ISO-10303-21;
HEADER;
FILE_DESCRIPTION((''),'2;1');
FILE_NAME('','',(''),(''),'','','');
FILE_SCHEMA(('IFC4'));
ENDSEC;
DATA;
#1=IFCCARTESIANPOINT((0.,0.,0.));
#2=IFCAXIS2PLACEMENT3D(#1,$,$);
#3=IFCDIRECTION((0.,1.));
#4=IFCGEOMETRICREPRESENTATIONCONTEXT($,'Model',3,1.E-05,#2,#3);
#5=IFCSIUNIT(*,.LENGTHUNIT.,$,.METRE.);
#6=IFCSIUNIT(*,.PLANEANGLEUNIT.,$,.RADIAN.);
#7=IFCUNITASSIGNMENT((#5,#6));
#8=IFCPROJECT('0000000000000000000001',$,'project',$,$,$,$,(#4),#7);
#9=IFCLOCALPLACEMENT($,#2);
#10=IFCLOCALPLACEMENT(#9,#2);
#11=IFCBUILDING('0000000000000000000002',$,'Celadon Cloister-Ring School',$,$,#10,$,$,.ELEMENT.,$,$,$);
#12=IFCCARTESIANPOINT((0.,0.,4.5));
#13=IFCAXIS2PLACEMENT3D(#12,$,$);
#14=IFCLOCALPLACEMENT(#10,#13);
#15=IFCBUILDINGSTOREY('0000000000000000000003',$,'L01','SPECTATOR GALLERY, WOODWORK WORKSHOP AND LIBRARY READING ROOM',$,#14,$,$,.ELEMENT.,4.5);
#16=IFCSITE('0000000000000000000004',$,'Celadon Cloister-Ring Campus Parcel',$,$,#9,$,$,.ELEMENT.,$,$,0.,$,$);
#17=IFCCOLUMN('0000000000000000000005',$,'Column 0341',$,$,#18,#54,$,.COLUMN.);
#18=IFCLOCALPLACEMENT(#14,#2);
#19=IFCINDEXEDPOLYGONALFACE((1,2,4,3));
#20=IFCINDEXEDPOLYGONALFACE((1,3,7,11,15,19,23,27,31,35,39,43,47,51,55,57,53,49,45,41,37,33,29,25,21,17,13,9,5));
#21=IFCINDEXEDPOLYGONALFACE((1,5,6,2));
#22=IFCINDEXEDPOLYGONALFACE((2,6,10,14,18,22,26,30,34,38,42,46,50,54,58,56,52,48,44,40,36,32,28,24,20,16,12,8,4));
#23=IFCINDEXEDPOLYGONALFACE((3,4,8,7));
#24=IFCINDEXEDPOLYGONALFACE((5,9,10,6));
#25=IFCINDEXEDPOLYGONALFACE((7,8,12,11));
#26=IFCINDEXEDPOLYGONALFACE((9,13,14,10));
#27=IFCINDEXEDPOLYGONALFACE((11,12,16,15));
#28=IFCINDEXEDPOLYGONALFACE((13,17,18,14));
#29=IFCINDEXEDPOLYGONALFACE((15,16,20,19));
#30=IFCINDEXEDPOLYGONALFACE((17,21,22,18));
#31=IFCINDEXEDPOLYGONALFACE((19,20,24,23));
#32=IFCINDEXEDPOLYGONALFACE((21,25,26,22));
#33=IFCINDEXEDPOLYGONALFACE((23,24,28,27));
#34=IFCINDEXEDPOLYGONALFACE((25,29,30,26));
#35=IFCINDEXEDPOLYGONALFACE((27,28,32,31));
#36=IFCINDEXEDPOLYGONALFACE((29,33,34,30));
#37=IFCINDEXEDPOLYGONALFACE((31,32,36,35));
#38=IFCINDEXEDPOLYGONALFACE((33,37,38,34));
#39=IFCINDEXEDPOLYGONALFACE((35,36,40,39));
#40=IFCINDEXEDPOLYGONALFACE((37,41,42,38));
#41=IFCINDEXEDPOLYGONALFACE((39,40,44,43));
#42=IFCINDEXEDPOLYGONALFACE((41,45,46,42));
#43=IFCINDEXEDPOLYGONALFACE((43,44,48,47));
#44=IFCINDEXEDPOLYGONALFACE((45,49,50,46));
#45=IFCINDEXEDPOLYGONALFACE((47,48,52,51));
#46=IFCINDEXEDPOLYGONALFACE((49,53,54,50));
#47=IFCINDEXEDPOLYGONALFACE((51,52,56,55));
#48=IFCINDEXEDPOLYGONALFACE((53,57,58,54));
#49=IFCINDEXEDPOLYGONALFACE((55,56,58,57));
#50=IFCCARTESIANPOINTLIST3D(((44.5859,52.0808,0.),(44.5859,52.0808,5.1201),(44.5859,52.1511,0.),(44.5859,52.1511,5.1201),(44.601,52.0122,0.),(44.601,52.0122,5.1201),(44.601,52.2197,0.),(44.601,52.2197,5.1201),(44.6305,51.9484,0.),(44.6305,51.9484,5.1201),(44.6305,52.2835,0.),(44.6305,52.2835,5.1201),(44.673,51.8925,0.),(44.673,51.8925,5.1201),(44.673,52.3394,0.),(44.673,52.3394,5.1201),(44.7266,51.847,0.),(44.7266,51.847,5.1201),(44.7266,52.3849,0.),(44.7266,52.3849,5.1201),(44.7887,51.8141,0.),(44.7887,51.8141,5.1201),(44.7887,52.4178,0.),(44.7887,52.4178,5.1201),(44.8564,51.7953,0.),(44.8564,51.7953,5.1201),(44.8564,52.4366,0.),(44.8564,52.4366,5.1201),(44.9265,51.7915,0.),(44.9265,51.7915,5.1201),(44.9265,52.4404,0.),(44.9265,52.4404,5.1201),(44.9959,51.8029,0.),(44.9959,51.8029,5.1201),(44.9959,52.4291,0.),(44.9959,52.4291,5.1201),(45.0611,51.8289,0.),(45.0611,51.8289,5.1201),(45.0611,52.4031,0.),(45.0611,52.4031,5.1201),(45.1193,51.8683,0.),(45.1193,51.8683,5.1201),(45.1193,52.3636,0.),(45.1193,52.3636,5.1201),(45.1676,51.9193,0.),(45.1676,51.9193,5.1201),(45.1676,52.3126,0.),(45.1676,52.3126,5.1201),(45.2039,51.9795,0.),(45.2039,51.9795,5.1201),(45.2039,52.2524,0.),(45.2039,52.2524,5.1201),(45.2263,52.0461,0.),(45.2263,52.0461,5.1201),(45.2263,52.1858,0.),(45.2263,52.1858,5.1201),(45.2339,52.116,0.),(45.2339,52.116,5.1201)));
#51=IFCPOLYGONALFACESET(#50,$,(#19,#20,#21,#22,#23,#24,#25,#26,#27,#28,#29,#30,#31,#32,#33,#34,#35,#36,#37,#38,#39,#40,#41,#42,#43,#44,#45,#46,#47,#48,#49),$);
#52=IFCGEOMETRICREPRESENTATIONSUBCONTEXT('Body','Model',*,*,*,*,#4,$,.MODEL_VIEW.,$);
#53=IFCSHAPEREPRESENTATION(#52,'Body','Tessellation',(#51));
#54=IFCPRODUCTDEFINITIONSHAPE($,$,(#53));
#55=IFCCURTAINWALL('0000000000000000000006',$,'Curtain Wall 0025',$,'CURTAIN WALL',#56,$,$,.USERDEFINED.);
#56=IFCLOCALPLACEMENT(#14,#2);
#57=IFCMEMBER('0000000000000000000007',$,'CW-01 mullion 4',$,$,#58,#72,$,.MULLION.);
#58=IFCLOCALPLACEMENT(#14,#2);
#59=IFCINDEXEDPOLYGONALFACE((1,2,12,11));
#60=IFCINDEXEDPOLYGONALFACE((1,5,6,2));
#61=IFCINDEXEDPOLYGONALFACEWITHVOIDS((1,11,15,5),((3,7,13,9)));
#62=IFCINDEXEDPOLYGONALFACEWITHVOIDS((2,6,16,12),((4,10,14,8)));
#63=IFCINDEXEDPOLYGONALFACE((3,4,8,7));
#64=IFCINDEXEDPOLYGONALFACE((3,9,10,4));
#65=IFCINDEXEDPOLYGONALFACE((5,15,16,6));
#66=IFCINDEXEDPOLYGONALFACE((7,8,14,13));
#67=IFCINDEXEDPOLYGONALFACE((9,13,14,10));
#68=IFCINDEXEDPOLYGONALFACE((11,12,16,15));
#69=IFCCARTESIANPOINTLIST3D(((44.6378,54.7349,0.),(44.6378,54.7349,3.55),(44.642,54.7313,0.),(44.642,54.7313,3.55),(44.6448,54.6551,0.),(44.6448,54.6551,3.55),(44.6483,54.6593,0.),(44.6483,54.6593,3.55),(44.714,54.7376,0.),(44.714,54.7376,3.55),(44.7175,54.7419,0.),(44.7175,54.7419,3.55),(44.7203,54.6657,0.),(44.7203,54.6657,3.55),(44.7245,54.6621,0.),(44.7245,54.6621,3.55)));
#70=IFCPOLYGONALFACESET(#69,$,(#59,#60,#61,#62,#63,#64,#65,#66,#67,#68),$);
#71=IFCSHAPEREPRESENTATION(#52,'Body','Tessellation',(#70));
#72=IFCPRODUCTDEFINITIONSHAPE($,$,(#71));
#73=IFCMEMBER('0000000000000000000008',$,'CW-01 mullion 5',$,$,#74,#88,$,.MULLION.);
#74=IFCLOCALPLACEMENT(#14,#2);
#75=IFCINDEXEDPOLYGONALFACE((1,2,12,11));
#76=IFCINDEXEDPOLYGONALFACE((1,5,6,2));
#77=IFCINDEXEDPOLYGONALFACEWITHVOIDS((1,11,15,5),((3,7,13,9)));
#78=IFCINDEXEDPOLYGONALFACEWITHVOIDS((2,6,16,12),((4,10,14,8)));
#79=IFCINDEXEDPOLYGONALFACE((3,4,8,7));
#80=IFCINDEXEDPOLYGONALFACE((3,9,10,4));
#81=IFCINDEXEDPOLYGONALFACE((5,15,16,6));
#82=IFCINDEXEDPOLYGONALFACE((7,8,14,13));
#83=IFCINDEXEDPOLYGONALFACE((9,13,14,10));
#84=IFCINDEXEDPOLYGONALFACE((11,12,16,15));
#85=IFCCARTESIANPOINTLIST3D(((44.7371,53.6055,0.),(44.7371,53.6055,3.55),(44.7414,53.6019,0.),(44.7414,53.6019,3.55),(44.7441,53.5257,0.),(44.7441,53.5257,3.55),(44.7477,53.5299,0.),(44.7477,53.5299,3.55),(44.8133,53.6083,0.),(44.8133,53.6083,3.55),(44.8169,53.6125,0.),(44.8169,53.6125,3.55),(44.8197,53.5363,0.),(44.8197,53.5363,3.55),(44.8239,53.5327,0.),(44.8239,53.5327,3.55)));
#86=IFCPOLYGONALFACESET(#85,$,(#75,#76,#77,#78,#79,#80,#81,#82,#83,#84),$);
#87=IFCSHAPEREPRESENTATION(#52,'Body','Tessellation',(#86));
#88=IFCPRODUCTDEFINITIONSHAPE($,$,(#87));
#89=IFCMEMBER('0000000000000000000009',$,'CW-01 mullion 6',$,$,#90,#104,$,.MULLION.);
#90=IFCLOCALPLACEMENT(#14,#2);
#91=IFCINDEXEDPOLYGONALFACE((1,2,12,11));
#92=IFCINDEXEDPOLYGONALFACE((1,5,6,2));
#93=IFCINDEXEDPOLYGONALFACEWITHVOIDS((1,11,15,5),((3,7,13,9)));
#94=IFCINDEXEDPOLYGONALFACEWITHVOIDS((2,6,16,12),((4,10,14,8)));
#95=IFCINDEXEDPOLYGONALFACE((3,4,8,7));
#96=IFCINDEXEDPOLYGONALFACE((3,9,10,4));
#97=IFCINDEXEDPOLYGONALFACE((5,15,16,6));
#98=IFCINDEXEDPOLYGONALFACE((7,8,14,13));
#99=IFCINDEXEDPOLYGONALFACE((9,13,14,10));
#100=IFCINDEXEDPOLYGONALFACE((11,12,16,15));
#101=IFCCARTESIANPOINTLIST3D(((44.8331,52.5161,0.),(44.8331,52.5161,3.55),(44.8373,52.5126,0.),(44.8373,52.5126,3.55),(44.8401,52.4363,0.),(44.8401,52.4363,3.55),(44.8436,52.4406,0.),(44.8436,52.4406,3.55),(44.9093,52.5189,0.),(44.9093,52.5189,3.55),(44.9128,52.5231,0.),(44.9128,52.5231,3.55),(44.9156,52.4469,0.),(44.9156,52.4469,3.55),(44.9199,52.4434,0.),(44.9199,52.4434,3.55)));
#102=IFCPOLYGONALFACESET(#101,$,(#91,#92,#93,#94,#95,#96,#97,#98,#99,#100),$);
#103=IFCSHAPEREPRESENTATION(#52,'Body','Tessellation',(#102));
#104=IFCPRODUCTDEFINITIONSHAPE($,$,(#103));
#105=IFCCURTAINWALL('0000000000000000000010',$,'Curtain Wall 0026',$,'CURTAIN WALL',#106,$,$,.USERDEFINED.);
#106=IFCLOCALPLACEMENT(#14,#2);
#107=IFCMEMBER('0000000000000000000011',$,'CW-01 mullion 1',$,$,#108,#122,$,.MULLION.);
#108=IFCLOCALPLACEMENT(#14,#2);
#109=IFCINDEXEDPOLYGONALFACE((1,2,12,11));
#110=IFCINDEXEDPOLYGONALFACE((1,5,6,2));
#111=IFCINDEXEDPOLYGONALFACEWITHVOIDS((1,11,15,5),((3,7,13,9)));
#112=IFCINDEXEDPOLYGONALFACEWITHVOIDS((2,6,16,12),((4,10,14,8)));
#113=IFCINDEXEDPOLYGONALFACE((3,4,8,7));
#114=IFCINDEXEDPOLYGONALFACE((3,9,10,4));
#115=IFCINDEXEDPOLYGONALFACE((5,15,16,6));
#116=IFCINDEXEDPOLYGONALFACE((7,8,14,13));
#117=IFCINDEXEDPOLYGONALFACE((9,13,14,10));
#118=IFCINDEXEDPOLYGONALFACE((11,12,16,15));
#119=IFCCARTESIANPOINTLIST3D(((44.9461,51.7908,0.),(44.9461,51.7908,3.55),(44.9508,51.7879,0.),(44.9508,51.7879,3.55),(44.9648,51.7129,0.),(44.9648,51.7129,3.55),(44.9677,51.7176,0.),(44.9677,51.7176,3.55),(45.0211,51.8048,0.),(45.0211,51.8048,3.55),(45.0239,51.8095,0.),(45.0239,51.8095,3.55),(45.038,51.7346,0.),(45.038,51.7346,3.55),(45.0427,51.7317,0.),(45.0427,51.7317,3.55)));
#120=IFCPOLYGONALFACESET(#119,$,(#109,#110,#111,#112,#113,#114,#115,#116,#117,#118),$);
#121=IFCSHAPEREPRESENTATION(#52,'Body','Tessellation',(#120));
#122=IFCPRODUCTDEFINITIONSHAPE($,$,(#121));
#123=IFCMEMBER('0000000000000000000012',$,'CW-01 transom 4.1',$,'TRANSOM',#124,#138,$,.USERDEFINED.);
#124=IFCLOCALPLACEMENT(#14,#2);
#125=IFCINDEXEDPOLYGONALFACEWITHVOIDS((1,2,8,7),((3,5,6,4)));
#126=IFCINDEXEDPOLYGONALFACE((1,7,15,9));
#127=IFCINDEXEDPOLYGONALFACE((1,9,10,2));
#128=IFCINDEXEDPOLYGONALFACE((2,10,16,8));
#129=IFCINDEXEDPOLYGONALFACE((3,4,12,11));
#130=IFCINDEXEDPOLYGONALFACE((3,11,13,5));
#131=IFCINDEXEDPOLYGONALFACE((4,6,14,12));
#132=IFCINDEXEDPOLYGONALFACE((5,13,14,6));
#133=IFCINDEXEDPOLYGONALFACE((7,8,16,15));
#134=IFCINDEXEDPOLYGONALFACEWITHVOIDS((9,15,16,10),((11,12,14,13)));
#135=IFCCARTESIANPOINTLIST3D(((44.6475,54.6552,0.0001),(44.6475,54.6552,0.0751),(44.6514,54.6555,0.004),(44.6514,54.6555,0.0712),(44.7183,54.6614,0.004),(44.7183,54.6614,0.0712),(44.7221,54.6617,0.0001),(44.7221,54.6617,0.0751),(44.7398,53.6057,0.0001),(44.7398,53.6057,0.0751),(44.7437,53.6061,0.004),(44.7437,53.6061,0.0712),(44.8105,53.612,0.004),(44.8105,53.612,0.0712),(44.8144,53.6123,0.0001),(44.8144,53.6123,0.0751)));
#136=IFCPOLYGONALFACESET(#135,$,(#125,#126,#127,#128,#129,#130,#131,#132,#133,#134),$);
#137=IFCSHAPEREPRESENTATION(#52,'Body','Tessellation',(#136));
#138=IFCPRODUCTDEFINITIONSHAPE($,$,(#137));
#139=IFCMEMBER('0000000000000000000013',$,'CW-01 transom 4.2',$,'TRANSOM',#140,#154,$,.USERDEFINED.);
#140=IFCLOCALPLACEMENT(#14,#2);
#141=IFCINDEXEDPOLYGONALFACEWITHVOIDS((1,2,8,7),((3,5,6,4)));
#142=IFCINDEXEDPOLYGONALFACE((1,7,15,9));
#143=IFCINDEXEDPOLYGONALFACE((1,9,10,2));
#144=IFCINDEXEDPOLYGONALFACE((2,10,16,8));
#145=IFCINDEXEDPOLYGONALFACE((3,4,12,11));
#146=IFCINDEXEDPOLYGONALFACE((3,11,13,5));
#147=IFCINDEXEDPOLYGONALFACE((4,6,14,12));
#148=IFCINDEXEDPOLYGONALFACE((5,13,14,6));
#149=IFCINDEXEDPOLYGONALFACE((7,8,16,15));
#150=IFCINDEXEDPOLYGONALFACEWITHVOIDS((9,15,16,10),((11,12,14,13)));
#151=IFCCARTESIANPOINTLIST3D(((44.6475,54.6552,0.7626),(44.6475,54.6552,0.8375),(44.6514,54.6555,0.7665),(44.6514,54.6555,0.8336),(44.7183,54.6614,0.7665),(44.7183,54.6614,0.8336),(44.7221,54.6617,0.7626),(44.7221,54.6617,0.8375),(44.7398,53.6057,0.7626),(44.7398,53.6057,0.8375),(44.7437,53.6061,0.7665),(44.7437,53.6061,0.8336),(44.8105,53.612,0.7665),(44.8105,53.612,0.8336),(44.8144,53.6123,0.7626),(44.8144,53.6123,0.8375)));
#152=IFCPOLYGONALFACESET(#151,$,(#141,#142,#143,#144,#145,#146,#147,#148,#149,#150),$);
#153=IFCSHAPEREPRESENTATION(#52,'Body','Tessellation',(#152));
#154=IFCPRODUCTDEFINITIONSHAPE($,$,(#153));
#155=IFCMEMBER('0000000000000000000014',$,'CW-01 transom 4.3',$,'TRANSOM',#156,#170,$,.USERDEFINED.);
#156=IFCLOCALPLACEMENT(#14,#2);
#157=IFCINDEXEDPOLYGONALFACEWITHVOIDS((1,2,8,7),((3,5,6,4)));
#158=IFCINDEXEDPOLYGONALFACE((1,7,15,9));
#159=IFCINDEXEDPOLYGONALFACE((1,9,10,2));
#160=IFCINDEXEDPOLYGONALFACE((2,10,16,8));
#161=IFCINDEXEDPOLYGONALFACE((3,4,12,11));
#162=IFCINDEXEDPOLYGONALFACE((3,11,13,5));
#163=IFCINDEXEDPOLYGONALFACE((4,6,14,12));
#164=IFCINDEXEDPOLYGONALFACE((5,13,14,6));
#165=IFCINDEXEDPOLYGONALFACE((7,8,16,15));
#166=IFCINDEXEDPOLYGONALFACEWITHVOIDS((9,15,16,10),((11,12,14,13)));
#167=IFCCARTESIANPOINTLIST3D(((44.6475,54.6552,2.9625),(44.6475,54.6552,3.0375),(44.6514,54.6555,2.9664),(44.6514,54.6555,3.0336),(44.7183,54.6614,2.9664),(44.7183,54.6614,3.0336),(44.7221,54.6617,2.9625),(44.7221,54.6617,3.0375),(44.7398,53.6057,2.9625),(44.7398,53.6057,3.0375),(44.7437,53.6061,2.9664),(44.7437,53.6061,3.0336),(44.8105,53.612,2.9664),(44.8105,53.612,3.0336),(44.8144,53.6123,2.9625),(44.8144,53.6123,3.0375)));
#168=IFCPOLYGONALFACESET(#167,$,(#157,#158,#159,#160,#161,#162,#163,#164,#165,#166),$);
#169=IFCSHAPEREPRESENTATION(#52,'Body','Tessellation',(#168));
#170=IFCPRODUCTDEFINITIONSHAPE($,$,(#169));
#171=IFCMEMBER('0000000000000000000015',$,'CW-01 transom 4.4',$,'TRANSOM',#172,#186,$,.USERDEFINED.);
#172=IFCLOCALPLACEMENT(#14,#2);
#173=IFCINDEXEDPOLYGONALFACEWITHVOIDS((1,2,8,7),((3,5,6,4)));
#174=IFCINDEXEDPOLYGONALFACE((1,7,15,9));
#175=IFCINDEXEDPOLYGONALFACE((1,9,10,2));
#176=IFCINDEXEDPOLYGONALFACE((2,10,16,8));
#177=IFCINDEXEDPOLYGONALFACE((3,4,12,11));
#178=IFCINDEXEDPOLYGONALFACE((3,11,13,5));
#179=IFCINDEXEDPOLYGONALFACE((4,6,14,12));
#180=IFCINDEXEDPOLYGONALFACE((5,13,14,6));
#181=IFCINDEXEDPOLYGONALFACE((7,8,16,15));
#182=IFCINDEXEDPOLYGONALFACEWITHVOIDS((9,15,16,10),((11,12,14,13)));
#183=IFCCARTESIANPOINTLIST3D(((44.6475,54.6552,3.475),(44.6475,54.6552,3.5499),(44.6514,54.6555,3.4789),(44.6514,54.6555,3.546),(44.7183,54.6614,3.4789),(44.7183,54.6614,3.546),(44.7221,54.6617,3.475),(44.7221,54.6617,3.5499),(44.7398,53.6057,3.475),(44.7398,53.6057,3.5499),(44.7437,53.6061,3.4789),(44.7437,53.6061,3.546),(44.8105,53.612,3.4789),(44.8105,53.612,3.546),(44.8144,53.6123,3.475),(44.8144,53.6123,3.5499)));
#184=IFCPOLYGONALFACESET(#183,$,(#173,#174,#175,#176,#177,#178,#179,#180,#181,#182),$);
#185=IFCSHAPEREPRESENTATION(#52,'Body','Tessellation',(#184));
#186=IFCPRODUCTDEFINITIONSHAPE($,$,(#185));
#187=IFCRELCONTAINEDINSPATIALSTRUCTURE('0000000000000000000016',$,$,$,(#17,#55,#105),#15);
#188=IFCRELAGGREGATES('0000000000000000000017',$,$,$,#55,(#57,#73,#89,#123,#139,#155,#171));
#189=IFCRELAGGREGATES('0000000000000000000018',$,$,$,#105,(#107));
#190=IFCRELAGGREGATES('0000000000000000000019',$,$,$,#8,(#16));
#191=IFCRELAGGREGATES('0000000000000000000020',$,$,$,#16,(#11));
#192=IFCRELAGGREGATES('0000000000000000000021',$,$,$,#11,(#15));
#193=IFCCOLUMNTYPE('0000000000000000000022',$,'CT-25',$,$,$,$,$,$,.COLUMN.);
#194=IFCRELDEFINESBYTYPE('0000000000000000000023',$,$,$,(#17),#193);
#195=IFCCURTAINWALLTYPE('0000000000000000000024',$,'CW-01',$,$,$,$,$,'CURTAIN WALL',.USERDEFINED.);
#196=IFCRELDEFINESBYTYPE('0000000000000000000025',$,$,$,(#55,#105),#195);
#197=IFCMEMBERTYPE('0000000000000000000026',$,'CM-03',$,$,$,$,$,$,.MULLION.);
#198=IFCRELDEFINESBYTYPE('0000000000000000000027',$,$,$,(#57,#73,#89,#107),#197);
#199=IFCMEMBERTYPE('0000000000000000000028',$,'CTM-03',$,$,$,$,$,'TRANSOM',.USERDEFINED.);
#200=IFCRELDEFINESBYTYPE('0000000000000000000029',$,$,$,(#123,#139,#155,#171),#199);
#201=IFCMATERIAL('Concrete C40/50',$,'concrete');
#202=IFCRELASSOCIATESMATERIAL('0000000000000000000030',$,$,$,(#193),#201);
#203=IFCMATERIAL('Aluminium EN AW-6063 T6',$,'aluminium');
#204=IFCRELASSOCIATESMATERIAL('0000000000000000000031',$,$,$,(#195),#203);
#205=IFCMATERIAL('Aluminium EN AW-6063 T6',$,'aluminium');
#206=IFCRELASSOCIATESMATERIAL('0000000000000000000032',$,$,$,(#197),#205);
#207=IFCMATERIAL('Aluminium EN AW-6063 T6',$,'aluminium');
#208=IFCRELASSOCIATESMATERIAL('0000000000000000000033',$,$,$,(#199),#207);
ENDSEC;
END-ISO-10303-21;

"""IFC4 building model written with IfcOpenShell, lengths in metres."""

from ifc_helpers import new_model, si_unit, direction, frame, origin, origin_2d, place, context, subcontext, project, spatial, hollow_rectangle, circle, extrude, material, material_profile, profile_set, type_object, element, aggregate, save


model = new_model("IFC4")

# Units and contexts
model_context = context("Model", 3, precision=1e-05, world=origin(), true_north=direction((0.0, 1.0)))
body_context = subcontext(model_context, "Body", "Model", "MODEL_VIEW")
ifc_project = project(units=[si_unit("LENGTHUNIT", "METRE"), si_unit("PLANEANGLEUNIT", "RADIAN")], contexts=[model_context])

# Site, building, storey
site_placement = place(None, origin())
site = spatial("IfcSite", under=ifc_project, at=site_placement, Name="Celadon Cloister-Ring Campus Parcel", CompositionType="ELEMENT", RefElevation=0.0)
building_placement = place(site_placement, origin())
building = spatial("IfcBuilding", under=site, at=building_placement, Name="Celadon Cloister-Ring School", CompositionType="ELEMENT")
storey_placement = place(building_placement, frame((0.0, 0.0, 4.5)))
storey = spatial("IfcBuildingStorey", under=building, at=storey_placement, Name="L01", Description="SPECTATOR GALLERY, WOODWORK WORKSHOP AND LIBRARY READING ROOM", CompositionType="ELEMENT", Elevation=4.5)

# Column
ifc_material_1 = material(Name="Concrete C40/50", Category="concrete")
ifc_material_profile_1 = material_profile(ifc_material_1, circle(Radius=0.325, at=origin_2d()), Name="CIRC650")
ifc_profile_set_1 = profile_set([ifc_material_profile_1], Name="Concrete C40/50")
column_type = type_object("IfcColumnType", Name="CT-25", PredefinedType="COLUMN", material=ifc_profile_set_1)
column_placement = place(storey_placement, frame((44.9089, 52.116, 0.0), z_axis=(0.0, 0.0, 1.0), x_axis=(1.0, 0.0, 0.0)))
element("IfcColumn", 1, at=column_placement, inside=storey, type_object=column_type, Name="Column 0341", PredefinedType="COLUMN", context=body_context, shape_type="SweptSolid", body=[
    extrude(circle(Radius=0.325, at=origin_2d()), origin(), (0.0, 0.0, 1.0), 5.1201),
])

# Curtain wall, members
ifc_material_2 = material(Name="Aluminium EN AW-6063 T6", Category="aluminium")
curtain_wall_type = type_object("IfcCurtainWallType", Name="CW-01", ElementType="CURTAIN WALL", PredefinedType="USERDEFINED", material=ifc_material_2)
curtain_wall_1_placement = place(storey_placement, origin())
curtain_wall_1 = element("IfcCurtainWall", 2, at=curtain_wall_1_placement, inside=storey, type_object=curtain_wall_type, Name="Curtain Wall 0025", ObjectType="CURTAIN WALL", PredefinedType="USERDEFINED")
ifc_material_3 = material(Name="Aluminium EN AW-6063 T6", Category="aluminium")
ifc_material_profile_2 = material_profile(ifc_material_3, hollow_rectangle(XDim=0.0801, YDim=0.0801, WallThickness=0.0039, at=origin_2d()), Name="RHS80X80X4")
ifc_profile_set_2 = profile_set([ifc_material_profile_2], Name="Aluminium EN AW-6063 T6")
member_type_1 = type_object("IfcMemberType", Name="CM-03", PredefinedType="MULLION", material=ifc_profile_set_2)
member_1_placement = place(storey_placement, frame((44.6812, 54.6985, 0.0), z_axis=(0.0, 0.0, 1.0), x_axis=(0.996148, 0.087688, 0.0)))
member_1 = element("IfcMember", 3, at=member_1_placement, type_object=member_type_1, Name="CW-01 mullion 4", PredefinedType="MULLION", context=body_context, shape_type="SweptSolid", body=[
    extrude(hollow_rectangle(XDim=0.0801, YDim=0.0801, WallThickness=0.0039, at=origin_2d()), origin(), (0.0, 0.0, 1.0), 3.55),
])
member_2_placement = place(storey_placement, frame((44.7805, 53.5691, 0.0), z_axis=(0.0, 0.0, 1.0), x_axis=(0.996148, 0.087688, 0.0)))
member_2 = element("IfcMember", 4, at=member_2_placement, type_object=member_type_1, Name="CW-01 mullion 5", PredefinedType="MULLION", context=body_context, shape_type="SweptSolid", body=[
    extrude(hollow_rectangle(XDim=0.0801, YDim=0.0801, WallThickness=0.0039, at=origin_2d()), origin(), (0.0, 0.0, 1.0), 3.55),
])
member_3_placement = place(storey_placement, frame((44.8765, 52.4797, 0.0), z_axis=(0.0, 0.0, 1.0), x_axis=(0.996148, 0.087688, 0.0)))
member_3 = element("IfcMember", 5, at=member_3_placement, type_object=member_type_1, Name="CW-01 mullion 6", PredefinedType="MULLION", context=body_context, shape_type="SweptSolid", body=[
    extrude(hollow_rectangle(XDim=0.0801, YDim=0.0801, WallThickness=0.0039, at=origin_2d()), origin(), (0.0, 0.0, 1.0), 3.55),
])

# Curtain wall, member
curtain_wall_2_placement = place(storey_placement, origin())
curtain_wall_2 = element("IfcCurtainWall", 6, at=curtain_wall_2_placement, inside=storey, type_object=curtain_wall_type, Name="Curtain Wall 0026", ObjectType="CURTAIN WALL", PredefinedType="USERDEFINED")
member_4_placement = place(storey_placement, frame((44.9944, 51.7612, 0.0), z_axis=(0.0, 0.0, 1.0), x_axis=(0.972212, 0.2341, 0.0)))
member_4 = element("IfcMember", 7, at=member_4_placement, type_object=member_type_1, Name="CW-01 mullion 1", PredefinedType="MULLION", context=body_context, shape_type="SweptSolid", body=[
    extrude(hollow_rectangle(XDim=0.0801, YDim=0.0801, WallThickness=0.0039, at=origin_2d()), origin(), (0.0, 0.0, 1.0), 3.55),
])

# Members
ifc_material_4 = material(Name="Aluminium EN AW-6063 T6", Category="aluminium")
ifc_material_profile_3 = material_profile(ifc_material_4, hollow_rectangle(XDim=0.075, YDim=0.075, WallThickness=0.0039, at=origin_2d()), Name="RHS75X75X4")
ifc_profile_set_3 = profile_set([ifc_material_profile_3], Name="Aluminium EN AW-6063 T6")
member_type_2 = type_object("IfcMemberType", Name="CTM-03", ElementType="TRANSOM", PredefinedType="USERDEFINED", material=ifc_profile_set_3)
member_5_placement = place(storey_placement, frame((44.6848, 54.6584, 0.0376), z_axis=(0.08761, -0.996155, 0.0), x_axis=(0.996155, 0.08761, 0.0)))
member_5 = element("IfcMember", 8, at=member_5_placement, type_object=member_type_2, Name="CW-01 transom 4.1", ObjectType="TRANSOM", PredefinedType="USERDEFINED", context=body_context, shape_type="SweptSolid", body=[
    extrude(hollow_rectangle(XDim=0.075, YDim=0.075, WallThickness=0.0039, at=origin_2d()), origin(), (0.0, 0.0, 1.0), 1.0535),
])
member_6_placement = place(storey_placement, frame((44.6848, 54.6584, 0.8), z_axis=(0.08761, -0.996155, 0.0), x_axis=(0.996155, 0.08761, 0.0)))
member_6 = element("IfcMember", 9, at=member_6_placement, type_object=member_type_2, Name="CW-01 transom 4.2", ObjectType="TRANSOM", PredefinedType="USERDEFINED", context=body_context, shape_type="SweptSolid", body=[
    extrude(hollow_rectangle(XDim=0.075, YDim=0.075, WallThickness=0.0039, at=origin_2d()), origin(), (0.0, 0.0, 1.0), 1.0535),
])
member_7_placement = place(storey_placement, frame((44.6848, 54.6584, 3.0), z_axis=(0.08761, -0.996155, 0.0), x_axis=(0.996155, 0.08761, 0.0)))
member_7 = element("IfcMember", 10, at=member_7_placement, type_object=member_type_2, Name="CW-01 transom 4.3", ObjectType="TRANSOM", PredefinedType="USERDEFINED", context=body_context, shape_type="SweptSolid", body=[
    extrude(hollow_rectangle(XDim=0.075, YDim=0.075, WallThickness=0.0039, at=origin_2d()), origin(), (0.0, 0.0, 1.0), 1.0535),
])
member_8_placement = place(storey_placement, frame((44.6848, 54.6584, 3.5125), z_axis=(0.08761, -0.996155, 0.0), x_axis=(0.996155, 0.08761, 0.0)))
member_8 = element("IfcMember", 11, at=member_8_placement, type_object=member_type_2, Name="CW-01 transom 4.4", ObjectType="TRANSOM", PredefinedType="USERDEFINED", context=body_context, shape_type="SweptSolid", body=[
    extrude(hollow_rectangle(XDim=0.075, YDim=0.075, WallThickness=0.0039, at=origin_2d()), origin(), (0.0, 0.0, 1.0), 1.0535),
])

aggregate(curtain_wall_1, [member_1, member_2, member_3, member_5, member_6, member_7, member_8])
aggregate(curtain_wall_2, [member_4])

save(model, "model.ifc")
